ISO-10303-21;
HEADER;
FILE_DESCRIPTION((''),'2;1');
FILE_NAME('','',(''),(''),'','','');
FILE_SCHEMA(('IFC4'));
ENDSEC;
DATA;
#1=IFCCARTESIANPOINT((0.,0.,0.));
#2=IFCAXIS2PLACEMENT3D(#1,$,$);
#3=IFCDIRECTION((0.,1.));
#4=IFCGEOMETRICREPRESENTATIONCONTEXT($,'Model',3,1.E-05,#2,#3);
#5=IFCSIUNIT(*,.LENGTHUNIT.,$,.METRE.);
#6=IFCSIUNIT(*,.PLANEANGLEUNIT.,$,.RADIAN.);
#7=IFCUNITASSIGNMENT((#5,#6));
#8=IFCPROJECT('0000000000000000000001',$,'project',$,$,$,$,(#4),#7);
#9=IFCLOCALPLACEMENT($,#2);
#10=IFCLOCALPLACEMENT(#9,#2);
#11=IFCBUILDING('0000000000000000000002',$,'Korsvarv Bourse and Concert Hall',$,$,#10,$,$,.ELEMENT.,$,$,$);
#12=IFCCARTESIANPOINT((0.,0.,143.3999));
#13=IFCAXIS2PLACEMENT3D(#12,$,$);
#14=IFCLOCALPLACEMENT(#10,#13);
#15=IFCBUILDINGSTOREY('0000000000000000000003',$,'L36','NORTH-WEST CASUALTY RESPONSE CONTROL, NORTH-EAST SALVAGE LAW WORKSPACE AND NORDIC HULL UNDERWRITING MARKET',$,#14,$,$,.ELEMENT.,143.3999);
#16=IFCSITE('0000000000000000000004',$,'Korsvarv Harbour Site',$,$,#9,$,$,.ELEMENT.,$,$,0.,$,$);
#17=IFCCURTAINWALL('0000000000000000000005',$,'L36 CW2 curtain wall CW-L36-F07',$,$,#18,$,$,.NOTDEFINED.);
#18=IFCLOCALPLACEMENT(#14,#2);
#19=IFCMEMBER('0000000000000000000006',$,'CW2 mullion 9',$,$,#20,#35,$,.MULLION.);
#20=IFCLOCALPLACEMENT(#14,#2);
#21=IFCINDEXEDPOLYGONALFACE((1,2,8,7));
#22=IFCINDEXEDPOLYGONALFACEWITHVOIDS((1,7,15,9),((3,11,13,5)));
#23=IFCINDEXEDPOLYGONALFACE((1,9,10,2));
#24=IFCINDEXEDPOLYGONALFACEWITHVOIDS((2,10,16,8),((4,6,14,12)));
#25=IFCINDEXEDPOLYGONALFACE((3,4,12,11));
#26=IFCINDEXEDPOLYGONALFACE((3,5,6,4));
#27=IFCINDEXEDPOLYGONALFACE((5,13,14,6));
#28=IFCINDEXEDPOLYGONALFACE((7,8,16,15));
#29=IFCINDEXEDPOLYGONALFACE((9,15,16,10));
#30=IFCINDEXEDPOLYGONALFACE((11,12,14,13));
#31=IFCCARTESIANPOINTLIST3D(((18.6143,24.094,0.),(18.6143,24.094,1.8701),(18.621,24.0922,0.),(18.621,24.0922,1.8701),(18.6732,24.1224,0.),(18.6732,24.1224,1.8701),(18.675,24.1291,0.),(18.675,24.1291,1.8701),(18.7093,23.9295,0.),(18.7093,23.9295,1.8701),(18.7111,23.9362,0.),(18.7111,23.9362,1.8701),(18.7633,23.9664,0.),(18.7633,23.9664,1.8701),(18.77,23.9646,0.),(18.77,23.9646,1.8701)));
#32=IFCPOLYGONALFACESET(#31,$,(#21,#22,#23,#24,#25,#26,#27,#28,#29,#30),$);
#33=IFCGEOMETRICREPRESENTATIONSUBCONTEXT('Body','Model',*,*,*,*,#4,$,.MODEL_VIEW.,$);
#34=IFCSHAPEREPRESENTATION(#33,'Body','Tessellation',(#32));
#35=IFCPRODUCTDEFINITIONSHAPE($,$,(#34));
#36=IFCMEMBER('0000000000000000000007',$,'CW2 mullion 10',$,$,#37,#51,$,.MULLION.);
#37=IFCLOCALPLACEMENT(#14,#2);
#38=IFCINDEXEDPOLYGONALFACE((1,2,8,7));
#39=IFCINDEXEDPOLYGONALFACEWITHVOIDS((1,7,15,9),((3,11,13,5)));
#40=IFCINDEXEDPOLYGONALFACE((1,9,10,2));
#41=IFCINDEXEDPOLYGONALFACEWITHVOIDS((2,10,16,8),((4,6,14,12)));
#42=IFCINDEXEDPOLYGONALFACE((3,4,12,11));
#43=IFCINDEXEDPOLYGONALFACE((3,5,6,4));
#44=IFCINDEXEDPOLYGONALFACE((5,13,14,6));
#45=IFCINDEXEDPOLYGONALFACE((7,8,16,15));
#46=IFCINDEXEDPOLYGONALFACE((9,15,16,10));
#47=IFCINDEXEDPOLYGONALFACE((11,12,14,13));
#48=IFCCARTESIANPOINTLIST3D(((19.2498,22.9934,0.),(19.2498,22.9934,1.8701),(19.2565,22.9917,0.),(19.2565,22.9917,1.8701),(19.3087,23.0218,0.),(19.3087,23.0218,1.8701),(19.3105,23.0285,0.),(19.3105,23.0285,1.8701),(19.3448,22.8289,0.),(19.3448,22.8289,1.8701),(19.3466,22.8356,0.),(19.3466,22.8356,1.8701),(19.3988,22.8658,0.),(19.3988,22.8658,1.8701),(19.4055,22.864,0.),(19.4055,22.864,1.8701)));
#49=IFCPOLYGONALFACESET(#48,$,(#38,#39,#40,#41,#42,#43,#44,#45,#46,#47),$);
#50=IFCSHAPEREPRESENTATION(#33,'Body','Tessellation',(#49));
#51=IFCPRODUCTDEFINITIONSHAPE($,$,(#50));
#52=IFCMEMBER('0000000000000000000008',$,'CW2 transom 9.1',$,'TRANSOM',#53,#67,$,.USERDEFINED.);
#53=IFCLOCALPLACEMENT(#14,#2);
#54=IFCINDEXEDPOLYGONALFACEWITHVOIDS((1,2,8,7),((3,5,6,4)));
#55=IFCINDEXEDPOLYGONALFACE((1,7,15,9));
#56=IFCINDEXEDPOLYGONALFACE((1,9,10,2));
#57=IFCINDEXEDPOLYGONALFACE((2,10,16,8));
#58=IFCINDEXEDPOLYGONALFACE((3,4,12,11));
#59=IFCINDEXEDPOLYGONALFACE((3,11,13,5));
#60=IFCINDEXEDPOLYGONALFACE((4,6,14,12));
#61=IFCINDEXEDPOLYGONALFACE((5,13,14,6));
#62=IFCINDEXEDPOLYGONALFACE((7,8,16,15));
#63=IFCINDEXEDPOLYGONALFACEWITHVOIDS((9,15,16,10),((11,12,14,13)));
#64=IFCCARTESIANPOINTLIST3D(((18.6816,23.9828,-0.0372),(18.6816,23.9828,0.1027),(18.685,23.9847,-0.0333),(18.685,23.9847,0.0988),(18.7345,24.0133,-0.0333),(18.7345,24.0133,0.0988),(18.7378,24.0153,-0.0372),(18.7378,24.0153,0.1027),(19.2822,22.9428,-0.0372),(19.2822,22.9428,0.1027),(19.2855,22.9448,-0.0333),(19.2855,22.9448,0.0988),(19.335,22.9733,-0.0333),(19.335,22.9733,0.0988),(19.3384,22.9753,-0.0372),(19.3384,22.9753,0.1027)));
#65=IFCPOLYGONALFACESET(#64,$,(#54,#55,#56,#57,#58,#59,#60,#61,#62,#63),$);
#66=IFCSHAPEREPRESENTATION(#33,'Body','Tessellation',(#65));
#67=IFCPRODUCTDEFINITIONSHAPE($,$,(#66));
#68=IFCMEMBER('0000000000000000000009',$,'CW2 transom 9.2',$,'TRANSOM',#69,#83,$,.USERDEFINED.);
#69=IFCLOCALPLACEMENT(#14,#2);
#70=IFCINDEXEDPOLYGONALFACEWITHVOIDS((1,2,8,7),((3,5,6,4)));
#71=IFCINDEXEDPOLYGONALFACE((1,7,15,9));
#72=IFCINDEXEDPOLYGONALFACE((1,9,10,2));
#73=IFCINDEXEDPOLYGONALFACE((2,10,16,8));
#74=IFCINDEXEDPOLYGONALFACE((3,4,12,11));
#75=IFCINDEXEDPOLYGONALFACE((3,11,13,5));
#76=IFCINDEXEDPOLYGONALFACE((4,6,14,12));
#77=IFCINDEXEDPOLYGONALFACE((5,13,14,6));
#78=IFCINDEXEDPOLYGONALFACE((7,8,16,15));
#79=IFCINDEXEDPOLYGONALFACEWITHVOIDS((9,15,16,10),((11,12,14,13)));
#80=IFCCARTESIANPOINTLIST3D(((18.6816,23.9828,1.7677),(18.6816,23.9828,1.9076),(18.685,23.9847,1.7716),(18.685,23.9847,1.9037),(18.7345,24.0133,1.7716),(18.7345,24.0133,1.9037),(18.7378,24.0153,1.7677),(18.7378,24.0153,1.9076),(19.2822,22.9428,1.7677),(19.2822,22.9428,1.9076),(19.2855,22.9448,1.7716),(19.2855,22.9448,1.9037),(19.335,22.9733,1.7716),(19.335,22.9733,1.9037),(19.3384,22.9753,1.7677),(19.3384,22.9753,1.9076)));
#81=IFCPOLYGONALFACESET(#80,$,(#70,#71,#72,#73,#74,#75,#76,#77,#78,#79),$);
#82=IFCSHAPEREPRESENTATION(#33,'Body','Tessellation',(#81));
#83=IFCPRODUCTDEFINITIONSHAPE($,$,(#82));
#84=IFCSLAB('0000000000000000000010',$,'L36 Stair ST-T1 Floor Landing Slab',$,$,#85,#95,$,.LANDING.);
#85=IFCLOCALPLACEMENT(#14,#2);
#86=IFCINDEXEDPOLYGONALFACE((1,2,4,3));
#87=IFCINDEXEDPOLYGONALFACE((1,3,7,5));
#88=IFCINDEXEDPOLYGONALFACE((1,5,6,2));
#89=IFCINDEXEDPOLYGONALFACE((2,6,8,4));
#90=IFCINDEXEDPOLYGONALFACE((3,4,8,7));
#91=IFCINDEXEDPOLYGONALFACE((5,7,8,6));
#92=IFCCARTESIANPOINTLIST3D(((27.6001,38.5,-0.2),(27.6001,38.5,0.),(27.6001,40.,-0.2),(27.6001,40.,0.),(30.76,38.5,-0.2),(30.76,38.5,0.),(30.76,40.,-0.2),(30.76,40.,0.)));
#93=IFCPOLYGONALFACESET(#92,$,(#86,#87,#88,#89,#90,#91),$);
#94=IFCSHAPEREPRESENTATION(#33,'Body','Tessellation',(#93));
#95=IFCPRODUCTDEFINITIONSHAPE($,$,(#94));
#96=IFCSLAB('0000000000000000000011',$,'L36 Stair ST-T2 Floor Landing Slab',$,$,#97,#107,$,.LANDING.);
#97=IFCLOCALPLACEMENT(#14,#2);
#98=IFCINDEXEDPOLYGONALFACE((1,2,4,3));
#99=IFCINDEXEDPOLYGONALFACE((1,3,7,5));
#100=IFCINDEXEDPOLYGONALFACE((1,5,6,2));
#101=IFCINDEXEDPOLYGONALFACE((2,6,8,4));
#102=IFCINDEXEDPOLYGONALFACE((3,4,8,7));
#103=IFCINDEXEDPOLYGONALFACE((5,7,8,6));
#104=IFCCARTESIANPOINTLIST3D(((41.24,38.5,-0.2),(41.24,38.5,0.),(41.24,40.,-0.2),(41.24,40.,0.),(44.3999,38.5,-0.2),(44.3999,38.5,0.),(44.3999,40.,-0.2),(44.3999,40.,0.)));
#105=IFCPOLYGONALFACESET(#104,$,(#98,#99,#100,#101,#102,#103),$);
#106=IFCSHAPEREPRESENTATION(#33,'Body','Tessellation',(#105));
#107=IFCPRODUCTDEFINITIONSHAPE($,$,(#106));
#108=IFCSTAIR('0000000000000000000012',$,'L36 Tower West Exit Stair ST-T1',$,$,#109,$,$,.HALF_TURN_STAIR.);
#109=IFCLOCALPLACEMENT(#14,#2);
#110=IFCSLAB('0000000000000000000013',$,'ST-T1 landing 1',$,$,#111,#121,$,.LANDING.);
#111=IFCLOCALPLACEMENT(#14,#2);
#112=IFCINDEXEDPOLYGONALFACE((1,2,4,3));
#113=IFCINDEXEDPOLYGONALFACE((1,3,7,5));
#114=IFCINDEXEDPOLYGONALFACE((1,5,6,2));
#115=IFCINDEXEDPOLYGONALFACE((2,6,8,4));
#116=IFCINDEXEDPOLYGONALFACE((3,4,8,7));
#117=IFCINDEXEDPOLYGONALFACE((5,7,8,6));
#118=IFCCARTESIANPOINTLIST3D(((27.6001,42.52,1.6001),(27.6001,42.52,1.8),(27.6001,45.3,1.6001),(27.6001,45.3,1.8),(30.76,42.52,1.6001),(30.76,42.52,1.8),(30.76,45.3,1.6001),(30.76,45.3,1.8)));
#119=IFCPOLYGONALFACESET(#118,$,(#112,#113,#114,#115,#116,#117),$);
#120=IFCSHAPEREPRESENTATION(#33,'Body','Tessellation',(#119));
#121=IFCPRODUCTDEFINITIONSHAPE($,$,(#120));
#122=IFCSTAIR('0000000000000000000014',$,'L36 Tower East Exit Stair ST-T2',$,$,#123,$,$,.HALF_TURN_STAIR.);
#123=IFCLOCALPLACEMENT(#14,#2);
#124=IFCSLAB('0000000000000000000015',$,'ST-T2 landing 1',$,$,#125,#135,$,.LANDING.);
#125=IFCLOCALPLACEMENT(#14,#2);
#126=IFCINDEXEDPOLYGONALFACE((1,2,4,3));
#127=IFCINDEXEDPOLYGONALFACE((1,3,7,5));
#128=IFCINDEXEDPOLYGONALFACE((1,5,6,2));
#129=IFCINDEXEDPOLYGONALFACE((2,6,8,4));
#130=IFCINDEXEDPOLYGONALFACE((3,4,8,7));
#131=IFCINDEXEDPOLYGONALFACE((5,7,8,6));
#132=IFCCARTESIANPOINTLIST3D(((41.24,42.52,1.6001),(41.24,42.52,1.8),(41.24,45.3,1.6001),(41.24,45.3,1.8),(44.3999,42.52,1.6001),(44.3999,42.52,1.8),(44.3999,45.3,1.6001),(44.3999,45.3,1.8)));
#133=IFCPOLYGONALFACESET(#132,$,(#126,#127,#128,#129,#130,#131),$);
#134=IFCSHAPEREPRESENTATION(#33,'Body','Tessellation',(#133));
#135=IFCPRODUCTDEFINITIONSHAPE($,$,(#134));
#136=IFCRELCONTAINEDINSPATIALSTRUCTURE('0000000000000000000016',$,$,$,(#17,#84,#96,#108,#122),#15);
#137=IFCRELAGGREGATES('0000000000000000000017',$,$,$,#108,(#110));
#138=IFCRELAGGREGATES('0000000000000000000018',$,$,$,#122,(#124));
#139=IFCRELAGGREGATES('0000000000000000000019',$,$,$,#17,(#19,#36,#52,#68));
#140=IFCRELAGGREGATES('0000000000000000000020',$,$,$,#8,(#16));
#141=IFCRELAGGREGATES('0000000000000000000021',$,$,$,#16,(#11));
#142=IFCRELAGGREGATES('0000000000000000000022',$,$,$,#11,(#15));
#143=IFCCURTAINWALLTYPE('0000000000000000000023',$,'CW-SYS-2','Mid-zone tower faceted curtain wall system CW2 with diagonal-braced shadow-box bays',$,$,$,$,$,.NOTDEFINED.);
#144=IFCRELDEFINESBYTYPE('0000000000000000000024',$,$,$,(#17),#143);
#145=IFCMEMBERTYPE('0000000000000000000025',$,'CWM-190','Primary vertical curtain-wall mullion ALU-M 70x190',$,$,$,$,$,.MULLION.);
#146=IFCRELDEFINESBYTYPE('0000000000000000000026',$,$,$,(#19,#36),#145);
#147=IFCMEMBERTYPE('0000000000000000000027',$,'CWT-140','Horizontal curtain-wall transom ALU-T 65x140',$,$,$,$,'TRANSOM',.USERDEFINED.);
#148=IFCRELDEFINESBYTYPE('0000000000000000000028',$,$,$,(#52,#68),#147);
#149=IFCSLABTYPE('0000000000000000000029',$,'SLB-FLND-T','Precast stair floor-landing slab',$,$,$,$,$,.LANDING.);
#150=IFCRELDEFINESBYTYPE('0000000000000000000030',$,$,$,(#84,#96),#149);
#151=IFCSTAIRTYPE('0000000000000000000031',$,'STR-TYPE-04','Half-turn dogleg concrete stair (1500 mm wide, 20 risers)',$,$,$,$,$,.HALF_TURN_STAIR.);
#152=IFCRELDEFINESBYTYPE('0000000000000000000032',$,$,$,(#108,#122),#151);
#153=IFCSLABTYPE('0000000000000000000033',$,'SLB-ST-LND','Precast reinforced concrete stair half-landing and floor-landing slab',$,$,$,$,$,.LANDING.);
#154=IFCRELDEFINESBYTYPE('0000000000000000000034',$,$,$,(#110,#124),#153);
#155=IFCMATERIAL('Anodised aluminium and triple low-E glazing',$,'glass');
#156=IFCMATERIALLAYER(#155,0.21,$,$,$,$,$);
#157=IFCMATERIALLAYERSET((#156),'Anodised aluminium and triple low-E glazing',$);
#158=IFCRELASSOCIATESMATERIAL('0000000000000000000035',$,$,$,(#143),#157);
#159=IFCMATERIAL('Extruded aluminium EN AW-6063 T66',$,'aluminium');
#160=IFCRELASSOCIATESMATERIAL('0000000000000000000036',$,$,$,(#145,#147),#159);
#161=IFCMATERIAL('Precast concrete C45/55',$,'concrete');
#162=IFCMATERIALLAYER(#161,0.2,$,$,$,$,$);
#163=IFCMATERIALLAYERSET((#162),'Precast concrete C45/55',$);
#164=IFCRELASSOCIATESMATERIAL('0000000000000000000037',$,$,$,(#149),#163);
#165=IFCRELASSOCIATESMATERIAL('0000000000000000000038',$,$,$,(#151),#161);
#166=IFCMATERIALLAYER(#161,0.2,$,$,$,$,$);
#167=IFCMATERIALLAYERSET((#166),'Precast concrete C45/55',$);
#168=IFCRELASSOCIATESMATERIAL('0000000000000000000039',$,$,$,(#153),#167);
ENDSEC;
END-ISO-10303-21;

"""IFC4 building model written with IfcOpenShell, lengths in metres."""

from ifc_helpers import new_model, si_unit, direction, frame, origin, origin_2d, place, context, subcontext, project, spatial, polyline, hollow_rectangle, outline, extrude, source, transform, mapped, material, layer, layer_set, material_profile, profile_set, type_object, element, aggregate, save


model = new_model("IFC4")

# Units and contexts
model_context = context("Model", 3, precision=1e-05, world=origin(), true_north=direction((0.0, 1.0)))
body_context = subcontext(model_context, "Body", "Model", "MODEL_VIEW")
ifc_project = project(units=[si_unit("LENGTHUNIT", "METRE"), si_unit("PLANEANGLEUNIT", "RADIAN")], contexts=[model_context])

# Site, building, storey
site_placement = place(None, origin())
site = spatial("IfcSite", under=ifc_project, at=site_placement, Name="Korsvarv Harbour Site", CompositionType="ELEMENT", RefElevation=0.0)
building_placement = place(site_placement, origin())
building = spatial("IfcBuilding", under=site, at=building_placement, Name="Korsvarv Bourse and Concert Hall", CompositionType="ELEMENT")
storey_placement = place(building_placement, frame((0.0, 0.0, 143.3999)))
storey = spatial("IfcBuildingStorey", under=building, at=storey_placement, Name="L36", Description="NORTH-WEST CASUALTY RESPONSE CONTROL, NORTH-EAST SALVAGE LAW WORKSPACE AND NORDIC HULL UNDERWRITING MARKET", CompositionType="ELEMENT", Elevation=143.3999)

# Curtain wall, members
ifc_material_1 = material(Name="Anodised aluminium and triple low-E glazing", Category="glass")
ifc_layer_1 = layer(ifc_material_1, 0.21)
ifc_layer_set_1 = layer_set([ifc_layer_1], Name="Anodised aluminium and triple low-E glazing")
curtain_wall_type = type_object("IfcCurtainWallType", Name="CW-SYS-2", Description="Mid-zone tower faceted curtain wall system CW2 with diagonal-braced shadow-box bays", PredefinedType="NOTDEFINED", material=ifc_layer_set_1)
curtain_wall_placement = place(storey_placement, origin())
curtain_wall = element("IfcCurtainWall", 1, at=curtain_wall_placement, inside=storey, type_object=curtain_wall_type, Name="L36 CW2 curtain wall CW-L36-F07", PredefinedType="NOTDEFINED")
ifc_material_2 = material(Name="Extruded aluminium EN AW-6063 T66", Category="aluminium")
ifc_material_profile_1 = material_profile(ifc_material_2, hollow_rectangle(XDim=0.0701, YDim=0.1899, WallThickness=0.0049, at=origin_2d()), Name="ALU-M 70x190")
ifc_profile_set_1 = profile_set([ifc_material_profile_1], Name="Extruded aluminium EN AW-6063 T66")
member_type_1 = type_object("IfcMemberType", Name="CWM-190", Description="Primary vertical curtain-wall mullion ALU-M 70x190", PredefinedType="MULLION", material=ifc_profile_set_1)
shared_shape_1 = source(origin(), body_context, "Body", "SweptSolid", [
    extrude(hollow_rectangle(XDim=0.0701, YDim=0.1899, WallThickness=0.0049, at=origin_2d()), origin(), (0.0, 0.0, 1.0), 1.8701),
])
member_1_placement = place(storey_placement, frame((18.6921, 24.0293, 0.0), z_axis=(0.0, 0.0, 1.0), x_axis=(0.866025, 0.5, 0.0)))
member_1 = element("IfcMember", 2, at=member_1_placement, type_object=member_type_1, Name="CW2 mullion 9", PredefinedType="MULLION", context=body_context, shape_type="MappedRepresentation", body=[
    mapped(shared_shape_1, transform((0.0, 0.0, 0.0), scale=1.0)),
])
member_2_placement = place(storey_placement, frame((19.3276, 22.9287, 0.0), z_axis=(0.0, 0.0, 1.0), x_axis=(0.866025, 0.5, 0.0)))
member_2 = element("IfcMember", 3, at=member_2_placement, type_object=member_type_1, Name="CW2 mullion 10", PredefinedType="MULLION", context=body_context, shape_type="MappedRepresentation", body=[
    mapped(shared_shape_1, transform((0.0, 0.0, 0.0), scale=1.0)),
])
ifc_material_profile_2 = material_profile(ifc_material_2, hollow_rectangle(XDim=0.0649, YDim=0.1399, WallThickness=0.0039, at=origin_2d()), Name="ALU-T 65x140")
ifc_profile_set_2 = profile_set([ifc_material_profile_2], Name="Extruded aluminium EN AW-6063 T66")
member_type_2 = type_object("IfcMemberType", Name="CWT-140", Description="Horizontal curtain-wall transom ALU-T 65x140", ElementType="TRANSOM", PredefinedType="USERDEFINED", material=ifc_profile_set_2)
shared_shape_2 = source(origin(), body_context, "Body", "SweptSolid", [
    extrude(hollow_rectangle(XDim=0.0649, YDim=0.1399, WallThickness=0.0039, at=origin_2d()), origin(), (0.0, 0.0, 1.0), 1.2009),
])
member_3_placement = place(storey_placement, frame((18.7097, 23.999, 0.0327), z_axis=(0.500074, -0.865982, 0.0), x_axis=(0.865982, 0.500074, 0.0)))
member_3 = element("IfcMember", 4, at=member_3_placement, type_object=member_type_2, Name="CW2 transom 9.1", ObjectType="TRANSOM", PredefinedType="USERDEFINED", context=body_context, shape_type="MappedRepresentation", body=[
    mapped(shared_shape_2, transform((0.0, 0.0, 0.0), scale=1.0)),
])
member_4_placement = place(storey_placement, frame((18.7097, 23.999, 1.8376), z_axis=(0.500074, -0.865982, 0.0), x_axis=(0.865982, 0.500074, 0.0)))
member_4 = element("IfcMember", 5, at=member_4_placement, type_object=member_type_2, Name="CW2 transom 9.2", ObjectType="TRANSOM", PredefinedType="USERDEFINED", context=body_context, shape_type="MappedRepresentation", body=[
    mapped(shared_shape_2, transform((0.0, 0.0, 0.0), scale=1.0)),
])

# Slabs
ifc_material_3 = material(Name="Precast concrete C45/55", Category="concrete")
ifc_layer_2 = layer(ifc_material_3, 0.2)
ifc_layer_set_2 = layer_set([ifc_layer_2], Name="Precast concrete C45/55")
slab_type_1 = type_object("IfcSlabType", Name="SLB-FLND-T", Description="Precast stair floor-landing slab", PredefinedType="LANDING", material=ifc_layer_set_2)
slab_1_placement = place(storey_placement, frame((0.0, 0.0, -0.2)))
element("IfcSlab", 6, at=slab_1_placement, inside=storey, type_object=slab_type_1, Name="L36 Stair ST-T1 Floor Landing Slab", PredefinedType="LANDING", context=body_context, shape_type="SweptSolid", body=[
    extrude(outline(polyline([(30.76, 38.5), (30.76, 40.0), (27.6001, 40.0), (27.6001, 38.5), (30.76, 38.5)])), origin(), (0.0, 0.0, 1.0), 0.2),
])
slab_2_placement = place(storey_placement, frame((0.0, 0.0, -0.2)))
element("IfcSlab", 7, at=slab_2_placement, inside=storey, type_object=slab_type_1, Name="L36 Stair ST-T2 Floor Landing Slab", PredefinedType="LANDING", context=body_context, shape_type="SweptSolid", body=[
    extrude(outline(polyline([(44.3999, 38.5), (44.3999, 40.0), (41.24, 40.0), (41.24, 38.5), (44.3999, 38.5)])), origin(), (0.0, 0.0, 1.0), 0.2),
])

# Stairs, slabs
stair_type = type_object("IfcStairType", Name="STR-TYPE-04", Description="Half-turn dogleg concrete stair (1500 mm wide, 20 risers)", PredefinedType="HALF_TURN_STAIR", material=ifc_material_3)
stair_1_placement = place(storey_placement, origin())
stair_1 = element("IfcStair", 8, at=stair_1_placement, inside=storey, type_object=stair_type, Name="L36 Tower West Exit Stair ST-T1", PredefinedType="HALF_TURN_STAIR")
ifc_layer_3 = layer(ifc_material_3, 0.2)
ifc_layer_set_3 = layer_set([ifc_layer_3], Name="Precast concrete C45/55")
slab_type_2 = type_object("IfcSlabType", Name="SLB-ST-LND", Description="Precast reinforced concrete stair half-landing and floor-landing slab", PredefinedType="LANDING", material=ifc_layer_set_3)
slab_3_placement = place(storey_placement, frame((0.0, 0.0, 1.6001)))
slab_3 = element("IfcSlab", 9, at=slab_3_placement, type_object=slab_type_2, Name="ST-T1 landing 1", PredefinedType="LANDING", context=body_context, shape_type="SweptSolid", body=[
    extrude(outline(polyline([(30.76, 42.52), (30.76, 45.3), (27.6001, 45.3), (27.6001, 42.52), (30.76, 42.52)])), origin(), (0.0, 0.0, 1.0), 0.2),
])
aggregate(stair_1, [slab_3])
stair_2_placement = place(storey_placement, origin())
stair_2 = element("IfcStair", 10, at=stair_2_placement, inside=storey, type_object=stair_type, Name="L36 Tower East Exit Stair ST-T2", PredefinedType="HALF_TURN_STAIR")
slab_4_placement = place(storey_placement, frame((0.0, 0.0, 1.6001)))
slab_4 = element("IfcSlab", 11, at=slab_4_placement, type_object=slab_type_2, Name="ST-T2 landing 1", PredefinedType="LANDING", context=body_context, shape_type="SweptSolid", body=[
    extrude(outline(polyline([(44.3999, 42.52), (44.3999, 45.3), (41.24, 45.3), (41.24, 42.52), (44.3999, 42.52)])), origin(), (0.0, 0.0, 1.0), 0.2),
])
aggregate(stair_2, [slab_4])

aggregate(curtain_wall, [member_1, member_2, member_3, member_4])

save(model, "model.ifc")
